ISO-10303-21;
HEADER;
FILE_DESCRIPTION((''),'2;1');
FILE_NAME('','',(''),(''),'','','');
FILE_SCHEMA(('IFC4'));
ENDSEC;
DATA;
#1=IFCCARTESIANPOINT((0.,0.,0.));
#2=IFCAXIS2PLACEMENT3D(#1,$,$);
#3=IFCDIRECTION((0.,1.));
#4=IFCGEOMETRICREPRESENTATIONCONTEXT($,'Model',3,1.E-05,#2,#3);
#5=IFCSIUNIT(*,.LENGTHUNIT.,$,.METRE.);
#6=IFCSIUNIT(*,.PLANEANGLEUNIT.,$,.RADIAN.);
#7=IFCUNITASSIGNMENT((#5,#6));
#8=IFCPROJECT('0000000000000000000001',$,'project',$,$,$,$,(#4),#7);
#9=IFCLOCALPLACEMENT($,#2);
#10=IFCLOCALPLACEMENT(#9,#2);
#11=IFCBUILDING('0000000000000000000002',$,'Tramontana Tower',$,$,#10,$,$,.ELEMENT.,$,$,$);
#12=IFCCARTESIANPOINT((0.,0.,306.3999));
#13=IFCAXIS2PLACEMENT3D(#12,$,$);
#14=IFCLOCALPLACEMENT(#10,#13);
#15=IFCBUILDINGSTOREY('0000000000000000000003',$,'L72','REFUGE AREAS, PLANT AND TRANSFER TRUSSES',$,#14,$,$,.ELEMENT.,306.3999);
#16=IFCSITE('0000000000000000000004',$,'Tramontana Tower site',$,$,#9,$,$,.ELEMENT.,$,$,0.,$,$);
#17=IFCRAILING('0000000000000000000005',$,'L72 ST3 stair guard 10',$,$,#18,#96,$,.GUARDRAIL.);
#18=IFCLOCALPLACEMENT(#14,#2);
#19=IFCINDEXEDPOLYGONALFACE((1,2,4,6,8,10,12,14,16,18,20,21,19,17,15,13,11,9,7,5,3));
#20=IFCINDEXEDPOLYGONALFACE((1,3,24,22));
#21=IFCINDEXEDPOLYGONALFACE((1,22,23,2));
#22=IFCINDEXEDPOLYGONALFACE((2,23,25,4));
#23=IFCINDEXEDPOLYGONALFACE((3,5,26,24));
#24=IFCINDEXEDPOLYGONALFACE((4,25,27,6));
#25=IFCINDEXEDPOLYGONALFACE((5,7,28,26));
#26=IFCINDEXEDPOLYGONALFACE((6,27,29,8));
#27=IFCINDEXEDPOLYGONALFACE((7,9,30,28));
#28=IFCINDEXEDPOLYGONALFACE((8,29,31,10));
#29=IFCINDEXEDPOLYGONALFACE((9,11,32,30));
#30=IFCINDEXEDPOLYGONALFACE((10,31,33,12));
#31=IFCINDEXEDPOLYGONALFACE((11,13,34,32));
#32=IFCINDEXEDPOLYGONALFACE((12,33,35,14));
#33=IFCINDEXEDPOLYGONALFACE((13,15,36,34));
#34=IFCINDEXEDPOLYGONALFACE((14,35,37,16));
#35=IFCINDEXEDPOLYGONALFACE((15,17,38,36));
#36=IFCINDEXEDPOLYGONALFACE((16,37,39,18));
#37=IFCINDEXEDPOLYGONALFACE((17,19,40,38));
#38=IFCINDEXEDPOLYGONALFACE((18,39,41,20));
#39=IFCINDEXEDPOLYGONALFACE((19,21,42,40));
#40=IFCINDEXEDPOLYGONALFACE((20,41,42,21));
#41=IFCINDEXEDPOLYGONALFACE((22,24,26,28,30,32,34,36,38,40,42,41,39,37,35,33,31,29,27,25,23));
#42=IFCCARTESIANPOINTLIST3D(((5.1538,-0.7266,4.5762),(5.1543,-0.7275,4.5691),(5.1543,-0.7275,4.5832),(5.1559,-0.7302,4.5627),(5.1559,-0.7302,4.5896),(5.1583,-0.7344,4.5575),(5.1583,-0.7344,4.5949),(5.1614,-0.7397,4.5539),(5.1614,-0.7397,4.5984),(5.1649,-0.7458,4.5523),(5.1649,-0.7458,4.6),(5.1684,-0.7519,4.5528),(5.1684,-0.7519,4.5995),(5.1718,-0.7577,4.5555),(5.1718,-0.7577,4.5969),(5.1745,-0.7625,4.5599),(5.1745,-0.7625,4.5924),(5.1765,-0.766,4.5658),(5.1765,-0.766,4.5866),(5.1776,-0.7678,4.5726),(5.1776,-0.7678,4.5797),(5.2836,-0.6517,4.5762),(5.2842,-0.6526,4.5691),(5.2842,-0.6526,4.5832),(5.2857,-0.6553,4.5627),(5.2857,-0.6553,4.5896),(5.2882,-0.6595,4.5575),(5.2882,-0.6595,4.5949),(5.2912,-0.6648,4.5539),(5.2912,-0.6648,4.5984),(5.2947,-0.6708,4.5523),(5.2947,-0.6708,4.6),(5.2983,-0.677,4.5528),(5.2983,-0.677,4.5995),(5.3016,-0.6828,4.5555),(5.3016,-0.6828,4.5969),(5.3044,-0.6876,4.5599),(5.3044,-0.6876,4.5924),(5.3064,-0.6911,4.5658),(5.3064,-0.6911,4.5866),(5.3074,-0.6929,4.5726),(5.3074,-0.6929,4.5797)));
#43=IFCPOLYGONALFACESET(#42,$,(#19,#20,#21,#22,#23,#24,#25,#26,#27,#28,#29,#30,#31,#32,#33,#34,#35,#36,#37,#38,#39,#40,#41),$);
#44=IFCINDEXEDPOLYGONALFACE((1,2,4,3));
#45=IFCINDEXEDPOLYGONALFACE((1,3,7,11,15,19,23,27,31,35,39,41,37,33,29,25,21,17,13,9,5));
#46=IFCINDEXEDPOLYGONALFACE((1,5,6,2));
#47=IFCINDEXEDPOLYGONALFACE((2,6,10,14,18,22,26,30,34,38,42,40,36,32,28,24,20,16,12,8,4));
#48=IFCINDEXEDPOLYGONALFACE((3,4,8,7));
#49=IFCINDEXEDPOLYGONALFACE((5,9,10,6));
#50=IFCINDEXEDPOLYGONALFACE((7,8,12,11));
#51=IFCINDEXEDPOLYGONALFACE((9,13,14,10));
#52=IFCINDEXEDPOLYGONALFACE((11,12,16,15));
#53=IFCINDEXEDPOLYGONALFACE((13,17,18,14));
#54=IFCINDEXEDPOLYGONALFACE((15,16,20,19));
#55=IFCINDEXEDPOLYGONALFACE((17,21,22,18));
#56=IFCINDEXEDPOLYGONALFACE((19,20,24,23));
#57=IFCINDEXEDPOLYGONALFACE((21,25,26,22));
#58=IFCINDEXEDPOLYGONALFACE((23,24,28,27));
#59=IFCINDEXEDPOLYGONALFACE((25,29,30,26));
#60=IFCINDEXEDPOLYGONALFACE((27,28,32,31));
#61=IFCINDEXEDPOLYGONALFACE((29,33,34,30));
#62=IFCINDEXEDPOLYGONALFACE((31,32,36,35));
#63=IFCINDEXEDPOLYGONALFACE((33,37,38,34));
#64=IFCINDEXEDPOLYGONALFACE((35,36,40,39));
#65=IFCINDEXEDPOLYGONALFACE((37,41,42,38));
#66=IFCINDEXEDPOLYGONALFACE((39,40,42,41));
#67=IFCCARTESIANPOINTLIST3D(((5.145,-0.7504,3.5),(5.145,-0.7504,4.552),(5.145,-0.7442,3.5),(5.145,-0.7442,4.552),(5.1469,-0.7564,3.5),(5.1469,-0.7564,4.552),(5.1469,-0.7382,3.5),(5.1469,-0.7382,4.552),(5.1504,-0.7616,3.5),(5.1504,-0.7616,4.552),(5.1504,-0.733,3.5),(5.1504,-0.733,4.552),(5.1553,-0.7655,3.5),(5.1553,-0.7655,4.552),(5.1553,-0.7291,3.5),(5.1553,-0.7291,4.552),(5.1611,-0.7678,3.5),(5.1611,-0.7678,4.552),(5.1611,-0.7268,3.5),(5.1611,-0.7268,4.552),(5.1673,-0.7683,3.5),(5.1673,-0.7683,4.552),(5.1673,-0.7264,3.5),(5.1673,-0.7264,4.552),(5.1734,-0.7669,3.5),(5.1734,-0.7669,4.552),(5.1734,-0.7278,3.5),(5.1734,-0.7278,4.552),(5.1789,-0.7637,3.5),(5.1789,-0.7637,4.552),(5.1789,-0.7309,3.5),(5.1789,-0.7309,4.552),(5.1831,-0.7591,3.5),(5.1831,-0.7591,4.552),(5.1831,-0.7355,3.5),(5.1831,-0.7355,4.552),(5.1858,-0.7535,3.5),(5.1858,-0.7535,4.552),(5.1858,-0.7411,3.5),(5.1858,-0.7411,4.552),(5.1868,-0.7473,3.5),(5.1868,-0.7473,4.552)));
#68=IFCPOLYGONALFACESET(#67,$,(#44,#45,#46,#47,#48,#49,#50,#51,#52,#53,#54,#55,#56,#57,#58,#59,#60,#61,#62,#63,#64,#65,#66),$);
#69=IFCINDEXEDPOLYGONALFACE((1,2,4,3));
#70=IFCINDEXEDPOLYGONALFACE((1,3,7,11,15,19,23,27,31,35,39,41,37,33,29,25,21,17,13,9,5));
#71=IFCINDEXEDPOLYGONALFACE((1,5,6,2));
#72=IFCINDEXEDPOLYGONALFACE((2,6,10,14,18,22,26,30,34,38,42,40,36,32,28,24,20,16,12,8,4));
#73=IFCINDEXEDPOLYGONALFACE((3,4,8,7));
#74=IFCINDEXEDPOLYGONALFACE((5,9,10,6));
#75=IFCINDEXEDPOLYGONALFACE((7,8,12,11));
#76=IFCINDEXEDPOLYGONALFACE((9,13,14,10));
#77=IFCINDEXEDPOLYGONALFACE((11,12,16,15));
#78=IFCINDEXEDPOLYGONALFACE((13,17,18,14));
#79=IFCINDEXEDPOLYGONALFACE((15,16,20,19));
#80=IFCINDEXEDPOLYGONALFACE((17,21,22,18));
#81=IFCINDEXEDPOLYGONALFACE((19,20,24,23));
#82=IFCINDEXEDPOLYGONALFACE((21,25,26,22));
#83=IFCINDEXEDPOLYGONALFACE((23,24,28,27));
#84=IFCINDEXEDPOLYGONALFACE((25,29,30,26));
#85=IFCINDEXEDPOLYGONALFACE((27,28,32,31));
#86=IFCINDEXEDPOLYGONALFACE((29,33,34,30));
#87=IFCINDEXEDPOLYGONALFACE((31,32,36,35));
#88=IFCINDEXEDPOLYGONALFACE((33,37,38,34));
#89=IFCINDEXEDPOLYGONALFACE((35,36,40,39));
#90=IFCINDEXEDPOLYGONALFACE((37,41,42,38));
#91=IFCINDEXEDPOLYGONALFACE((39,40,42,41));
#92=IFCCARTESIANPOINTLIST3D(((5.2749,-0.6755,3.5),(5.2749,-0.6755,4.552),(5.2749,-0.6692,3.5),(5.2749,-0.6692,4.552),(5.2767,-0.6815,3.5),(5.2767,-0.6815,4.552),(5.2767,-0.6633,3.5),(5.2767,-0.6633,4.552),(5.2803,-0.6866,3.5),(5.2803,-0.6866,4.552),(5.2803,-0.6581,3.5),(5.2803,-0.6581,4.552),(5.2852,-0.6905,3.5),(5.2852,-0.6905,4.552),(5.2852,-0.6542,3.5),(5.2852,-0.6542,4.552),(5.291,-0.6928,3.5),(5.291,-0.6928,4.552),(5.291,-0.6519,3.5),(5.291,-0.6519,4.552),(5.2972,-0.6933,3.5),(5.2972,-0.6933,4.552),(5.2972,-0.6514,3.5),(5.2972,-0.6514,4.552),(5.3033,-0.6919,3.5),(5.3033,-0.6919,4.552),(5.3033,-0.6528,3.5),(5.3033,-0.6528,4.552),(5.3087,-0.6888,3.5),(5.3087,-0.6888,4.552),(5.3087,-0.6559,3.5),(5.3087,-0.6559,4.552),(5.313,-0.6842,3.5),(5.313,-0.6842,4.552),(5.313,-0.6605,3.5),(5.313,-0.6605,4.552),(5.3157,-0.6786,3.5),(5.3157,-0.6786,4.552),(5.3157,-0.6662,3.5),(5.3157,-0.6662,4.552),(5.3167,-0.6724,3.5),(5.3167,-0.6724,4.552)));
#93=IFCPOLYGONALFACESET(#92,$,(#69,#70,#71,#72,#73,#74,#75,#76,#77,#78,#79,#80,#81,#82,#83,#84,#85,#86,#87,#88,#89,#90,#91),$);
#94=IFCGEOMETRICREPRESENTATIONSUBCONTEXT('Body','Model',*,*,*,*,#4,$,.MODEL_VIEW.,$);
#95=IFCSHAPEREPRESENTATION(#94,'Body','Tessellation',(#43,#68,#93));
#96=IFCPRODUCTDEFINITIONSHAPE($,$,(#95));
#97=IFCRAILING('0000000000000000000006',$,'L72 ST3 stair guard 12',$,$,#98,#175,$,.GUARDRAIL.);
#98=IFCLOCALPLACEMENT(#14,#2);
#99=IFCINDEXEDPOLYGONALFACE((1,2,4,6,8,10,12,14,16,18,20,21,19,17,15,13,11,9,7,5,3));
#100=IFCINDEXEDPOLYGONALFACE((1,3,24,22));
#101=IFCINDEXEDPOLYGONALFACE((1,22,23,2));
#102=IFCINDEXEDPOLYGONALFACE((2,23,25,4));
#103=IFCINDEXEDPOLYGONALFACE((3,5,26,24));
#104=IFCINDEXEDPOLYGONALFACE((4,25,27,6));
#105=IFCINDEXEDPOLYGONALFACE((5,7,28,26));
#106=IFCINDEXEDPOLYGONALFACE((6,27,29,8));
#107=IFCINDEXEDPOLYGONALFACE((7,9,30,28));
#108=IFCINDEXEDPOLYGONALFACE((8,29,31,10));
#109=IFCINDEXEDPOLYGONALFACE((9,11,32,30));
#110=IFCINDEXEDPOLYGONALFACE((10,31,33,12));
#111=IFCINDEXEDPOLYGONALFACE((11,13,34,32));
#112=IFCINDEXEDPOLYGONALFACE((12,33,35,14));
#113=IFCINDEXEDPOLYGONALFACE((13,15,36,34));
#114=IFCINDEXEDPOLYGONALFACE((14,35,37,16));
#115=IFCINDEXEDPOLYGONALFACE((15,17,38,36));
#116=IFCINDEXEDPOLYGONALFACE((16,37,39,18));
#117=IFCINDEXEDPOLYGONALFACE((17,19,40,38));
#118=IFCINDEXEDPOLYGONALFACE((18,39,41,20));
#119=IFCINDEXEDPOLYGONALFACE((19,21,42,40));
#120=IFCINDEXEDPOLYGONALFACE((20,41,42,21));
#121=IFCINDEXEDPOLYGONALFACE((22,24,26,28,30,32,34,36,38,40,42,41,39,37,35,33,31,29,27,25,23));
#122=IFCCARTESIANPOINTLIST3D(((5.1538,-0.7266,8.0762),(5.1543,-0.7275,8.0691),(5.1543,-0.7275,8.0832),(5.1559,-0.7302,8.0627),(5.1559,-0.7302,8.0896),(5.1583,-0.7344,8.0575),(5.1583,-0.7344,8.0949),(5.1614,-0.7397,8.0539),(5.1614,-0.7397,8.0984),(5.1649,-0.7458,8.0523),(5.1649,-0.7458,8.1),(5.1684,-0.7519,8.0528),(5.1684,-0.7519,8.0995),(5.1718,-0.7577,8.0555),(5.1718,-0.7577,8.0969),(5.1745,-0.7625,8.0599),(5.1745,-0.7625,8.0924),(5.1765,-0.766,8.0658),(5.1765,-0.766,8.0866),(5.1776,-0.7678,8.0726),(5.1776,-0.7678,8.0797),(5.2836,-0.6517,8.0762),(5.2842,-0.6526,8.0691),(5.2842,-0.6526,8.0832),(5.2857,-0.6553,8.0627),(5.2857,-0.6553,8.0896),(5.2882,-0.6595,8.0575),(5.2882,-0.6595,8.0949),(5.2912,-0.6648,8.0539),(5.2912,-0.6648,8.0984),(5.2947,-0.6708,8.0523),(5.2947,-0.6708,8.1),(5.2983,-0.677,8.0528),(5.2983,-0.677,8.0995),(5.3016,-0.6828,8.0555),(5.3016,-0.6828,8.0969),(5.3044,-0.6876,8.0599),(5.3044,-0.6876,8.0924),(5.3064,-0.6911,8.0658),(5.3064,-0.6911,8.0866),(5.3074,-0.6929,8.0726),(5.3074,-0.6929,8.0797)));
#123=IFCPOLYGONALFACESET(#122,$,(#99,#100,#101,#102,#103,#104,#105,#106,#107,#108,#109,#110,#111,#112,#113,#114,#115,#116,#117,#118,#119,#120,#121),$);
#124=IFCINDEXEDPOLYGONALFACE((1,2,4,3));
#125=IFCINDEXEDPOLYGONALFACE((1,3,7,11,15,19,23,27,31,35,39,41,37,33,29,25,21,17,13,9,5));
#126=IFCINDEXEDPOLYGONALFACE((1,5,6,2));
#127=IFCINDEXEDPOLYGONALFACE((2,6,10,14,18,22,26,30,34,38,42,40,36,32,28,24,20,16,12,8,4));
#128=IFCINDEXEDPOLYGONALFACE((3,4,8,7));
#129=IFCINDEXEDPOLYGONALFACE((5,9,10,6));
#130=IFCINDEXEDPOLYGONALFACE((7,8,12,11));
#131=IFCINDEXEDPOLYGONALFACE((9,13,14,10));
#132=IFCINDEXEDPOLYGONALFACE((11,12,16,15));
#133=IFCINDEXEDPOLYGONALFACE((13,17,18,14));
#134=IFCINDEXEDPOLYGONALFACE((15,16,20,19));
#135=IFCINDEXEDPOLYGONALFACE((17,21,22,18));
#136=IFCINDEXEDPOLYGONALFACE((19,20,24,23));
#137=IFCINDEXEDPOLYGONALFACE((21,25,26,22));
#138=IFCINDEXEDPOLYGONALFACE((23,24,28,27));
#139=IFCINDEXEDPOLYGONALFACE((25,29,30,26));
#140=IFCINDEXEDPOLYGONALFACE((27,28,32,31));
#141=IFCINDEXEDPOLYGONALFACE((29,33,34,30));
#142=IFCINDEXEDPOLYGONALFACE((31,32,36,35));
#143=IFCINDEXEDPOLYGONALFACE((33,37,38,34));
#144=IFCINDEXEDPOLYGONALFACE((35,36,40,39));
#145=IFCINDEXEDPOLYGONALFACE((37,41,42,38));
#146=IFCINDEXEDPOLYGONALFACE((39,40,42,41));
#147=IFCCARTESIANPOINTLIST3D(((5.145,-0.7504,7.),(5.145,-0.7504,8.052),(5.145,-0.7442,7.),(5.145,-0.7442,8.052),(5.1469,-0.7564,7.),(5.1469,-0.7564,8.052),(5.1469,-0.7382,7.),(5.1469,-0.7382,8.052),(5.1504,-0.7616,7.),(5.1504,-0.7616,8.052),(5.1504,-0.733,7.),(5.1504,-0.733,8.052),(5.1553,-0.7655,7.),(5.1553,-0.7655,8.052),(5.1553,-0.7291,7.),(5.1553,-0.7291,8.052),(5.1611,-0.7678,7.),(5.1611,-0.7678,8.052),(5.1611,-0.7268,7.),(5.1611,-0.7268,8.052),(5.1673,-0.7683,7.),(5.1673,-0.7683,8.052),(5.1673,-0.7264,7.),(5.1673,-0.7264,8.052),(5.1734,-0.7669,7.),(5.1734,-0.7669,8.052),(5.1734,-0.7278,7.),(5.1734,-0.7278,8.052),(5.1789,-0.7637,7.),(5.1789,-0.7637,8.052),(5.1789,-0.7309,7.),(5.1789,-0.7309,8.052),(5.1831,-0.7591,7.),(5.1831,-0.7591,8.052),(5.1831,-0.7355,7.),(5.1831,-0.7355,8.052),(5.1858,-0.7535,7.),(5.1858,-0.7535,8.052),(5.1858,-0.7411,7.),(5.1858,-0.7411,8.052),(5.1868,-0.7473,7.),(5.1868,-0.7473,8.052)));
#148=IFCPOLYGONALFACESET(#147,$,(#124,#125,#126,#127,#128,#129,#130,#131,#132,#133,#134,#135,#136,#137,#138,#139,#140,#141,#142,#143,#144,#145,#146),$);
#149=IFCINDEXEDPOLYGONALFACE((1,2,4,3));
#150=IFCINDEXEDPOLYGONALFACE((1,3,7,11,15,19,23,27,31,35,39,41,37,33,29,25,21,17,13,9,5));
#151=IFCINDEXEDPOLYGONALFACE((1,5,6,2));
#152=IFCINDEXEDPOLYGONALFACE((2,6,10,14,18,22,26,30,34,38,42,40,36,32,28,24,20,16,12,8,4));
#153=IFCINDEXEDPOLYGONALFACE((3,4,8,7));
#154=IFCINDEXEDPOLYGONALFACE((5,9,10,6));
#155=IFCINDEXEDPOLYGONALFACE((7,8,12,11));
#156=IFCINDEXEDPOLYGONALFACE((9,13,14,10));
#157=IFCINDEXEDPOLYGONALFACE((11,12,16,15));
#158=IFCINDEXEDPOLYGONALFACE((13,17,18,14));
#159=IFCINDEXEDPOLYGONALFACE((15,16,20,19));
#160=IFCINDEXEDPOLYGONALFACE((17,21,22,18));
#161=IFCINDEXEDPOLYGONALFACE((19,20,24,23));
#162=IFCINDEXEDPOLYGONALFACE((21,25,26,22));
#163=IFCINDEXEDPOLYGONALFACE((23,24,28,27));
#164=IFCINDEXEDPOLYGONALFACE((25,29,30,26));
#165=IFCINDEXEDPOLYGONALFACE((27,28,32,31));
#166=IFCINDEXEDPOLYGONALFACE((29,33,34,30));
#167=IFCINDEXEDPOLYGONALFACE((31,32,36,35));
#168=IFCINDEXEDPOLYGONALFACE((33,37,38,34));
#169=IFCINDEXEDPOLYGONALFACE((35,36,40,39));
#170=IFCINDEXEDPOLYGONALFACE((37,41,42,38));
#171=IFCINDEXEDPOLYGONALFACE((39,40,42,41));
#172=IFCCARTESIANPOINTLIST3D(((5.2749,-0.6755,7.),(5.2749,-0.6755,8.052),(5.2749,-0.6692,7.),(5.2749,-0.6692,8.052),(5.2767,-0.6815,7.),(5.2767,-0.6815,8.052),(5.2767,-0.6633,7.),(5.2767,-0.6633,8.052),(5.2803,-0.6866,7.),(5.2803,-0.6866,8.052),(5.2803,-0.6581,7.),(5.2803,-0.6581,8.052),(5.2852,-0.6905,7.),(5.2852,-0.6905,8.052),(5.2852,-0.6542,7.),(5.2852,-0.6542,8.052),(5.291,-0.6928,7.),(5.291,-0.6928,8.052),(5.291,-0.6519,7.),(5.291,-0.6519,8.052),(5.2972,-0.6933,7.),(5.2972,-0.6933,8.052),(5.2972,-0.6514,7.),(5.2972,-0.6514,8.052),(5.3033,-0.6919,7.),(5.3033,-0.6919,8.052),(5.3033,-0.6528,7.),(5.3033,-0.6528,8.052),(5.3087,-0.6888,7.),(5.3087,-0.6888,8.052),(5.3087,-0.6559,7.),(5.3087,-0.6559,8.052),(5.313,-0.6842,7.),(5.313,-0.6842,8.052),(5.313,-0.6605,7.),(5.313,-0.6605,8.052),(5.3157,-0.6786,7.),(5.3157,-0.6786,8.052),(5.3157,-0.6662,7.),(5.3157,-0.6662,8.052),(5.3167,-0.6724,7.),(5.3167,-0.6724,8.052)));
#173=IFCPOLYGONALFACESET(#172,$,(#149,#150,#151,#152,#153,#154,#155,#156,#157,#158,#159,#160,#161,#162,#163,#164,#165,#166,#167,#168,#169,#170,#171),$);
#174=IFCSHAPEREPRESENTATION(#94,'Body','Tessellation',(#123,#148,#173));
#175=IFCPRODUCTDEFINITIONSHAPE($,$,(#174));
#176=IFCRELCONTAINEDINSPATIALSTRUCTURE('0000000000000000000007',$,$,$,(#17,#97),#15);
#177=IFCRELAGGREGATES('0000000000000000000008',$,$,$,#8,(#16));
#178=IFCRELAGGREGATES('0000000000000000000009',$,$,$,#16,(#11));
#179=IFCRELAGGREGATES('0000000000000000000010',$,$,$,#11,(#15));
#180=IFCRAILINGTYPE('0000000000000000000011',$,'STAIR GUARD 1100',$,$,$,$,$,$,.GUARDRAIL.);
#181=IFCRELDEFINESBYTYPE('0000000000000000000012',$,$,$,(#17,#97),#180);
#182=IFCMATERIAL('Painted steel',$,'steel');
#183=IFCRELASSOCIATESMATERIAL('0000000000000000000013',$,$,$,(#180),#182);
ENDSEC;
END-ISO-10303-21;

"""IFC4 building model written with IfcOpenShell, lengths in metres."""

from ifc_helpers import new_model, si_unit, direction, frame, origin, origin_2d, place, context, subcontext, project, spatial, circle, extrude, material, type_object, element, save


model = new_model("IFC4")

# Units and contexts
model_context = context("Model", 3, precision=1e-05, world=origin(), true_north=direction((0.0, 1.0)))
body_context = subcontext(model_context, "Body", "Model", "MODEL_VIEW")
ifc_project = project(units=[si_unit("LENGTHUNIT", "METRE"), si_unit("PLANEANGLEUNIT", "RADIAN")], contexts=[model_context])

# Site, building, storey
site_placement = place(None, origin())
site = spatial("IfcSite", under=ifc_project, at=site_placement, Name="Tramontana Tower site", CompositionType="ELEMENT", RefElevation=0.0)
building_placement = place(site_placement, origin())
building = spatial("IfcBuilding", under=site, at=building_placement, Name="Tramontana Tower", CompositionType="ELEMENT")
storey_placement = place(building_placement, frame((0.0, 0.0, 306.3999)))
storey = spatial("IfcBuildingStorey", under=building, at=storey_placement, Name="L72", Description="REFUGE AREAS, PLANT AND TRANSFER TRUSSES", CompositionType="ELEMENT", Elevation=306.3999)

# Railings
ifc_material_1 = material(Name="Painted steel", Category="steel")
railing_type_1 = type_object("IfcRailingType", Name="STAIR GUARD 1100", PredefinedType="GUARDRAIL", material=ifc_material_1)
for number, where, name in (
    (1, (5.1658, -0.7473, 3.5), "L72 ST3 stair guard 10"),
    (2, (5.1658, -0.7473, 7.0), "L72 ST3 stair guard 12"),
):
    element("IfcRailing", number, at=place(storey_placement, frame(where)), inside=storey, type_object=railing_type_1, Name=name, PredefinedType="GUARDRAIL", context=body_context, shape_type="SweptSolid", body=[
        extrude(circle(Radius=0.0239, at=origin_2d()), frame((0.0, 0.0, 1.0762), z_axis=(0.866131, 0.499816, 0.0), x_axis=(-0.499816, 0.866131, 0.0)), (0.0, 0.0, 1.0), 0.1499),
        extrude(circle(Radius=0.021, at=origin_2d()), origin(), (0.0, 0.0, 1.0), 1.052),
        extrude(circle(Radius=0.021, at=origin_2d()), frame((0.1299, 0.075, 0.0)), (0.0, 0.0, 1.0), 1.052),
    ])

save(model, "model.ifc")
